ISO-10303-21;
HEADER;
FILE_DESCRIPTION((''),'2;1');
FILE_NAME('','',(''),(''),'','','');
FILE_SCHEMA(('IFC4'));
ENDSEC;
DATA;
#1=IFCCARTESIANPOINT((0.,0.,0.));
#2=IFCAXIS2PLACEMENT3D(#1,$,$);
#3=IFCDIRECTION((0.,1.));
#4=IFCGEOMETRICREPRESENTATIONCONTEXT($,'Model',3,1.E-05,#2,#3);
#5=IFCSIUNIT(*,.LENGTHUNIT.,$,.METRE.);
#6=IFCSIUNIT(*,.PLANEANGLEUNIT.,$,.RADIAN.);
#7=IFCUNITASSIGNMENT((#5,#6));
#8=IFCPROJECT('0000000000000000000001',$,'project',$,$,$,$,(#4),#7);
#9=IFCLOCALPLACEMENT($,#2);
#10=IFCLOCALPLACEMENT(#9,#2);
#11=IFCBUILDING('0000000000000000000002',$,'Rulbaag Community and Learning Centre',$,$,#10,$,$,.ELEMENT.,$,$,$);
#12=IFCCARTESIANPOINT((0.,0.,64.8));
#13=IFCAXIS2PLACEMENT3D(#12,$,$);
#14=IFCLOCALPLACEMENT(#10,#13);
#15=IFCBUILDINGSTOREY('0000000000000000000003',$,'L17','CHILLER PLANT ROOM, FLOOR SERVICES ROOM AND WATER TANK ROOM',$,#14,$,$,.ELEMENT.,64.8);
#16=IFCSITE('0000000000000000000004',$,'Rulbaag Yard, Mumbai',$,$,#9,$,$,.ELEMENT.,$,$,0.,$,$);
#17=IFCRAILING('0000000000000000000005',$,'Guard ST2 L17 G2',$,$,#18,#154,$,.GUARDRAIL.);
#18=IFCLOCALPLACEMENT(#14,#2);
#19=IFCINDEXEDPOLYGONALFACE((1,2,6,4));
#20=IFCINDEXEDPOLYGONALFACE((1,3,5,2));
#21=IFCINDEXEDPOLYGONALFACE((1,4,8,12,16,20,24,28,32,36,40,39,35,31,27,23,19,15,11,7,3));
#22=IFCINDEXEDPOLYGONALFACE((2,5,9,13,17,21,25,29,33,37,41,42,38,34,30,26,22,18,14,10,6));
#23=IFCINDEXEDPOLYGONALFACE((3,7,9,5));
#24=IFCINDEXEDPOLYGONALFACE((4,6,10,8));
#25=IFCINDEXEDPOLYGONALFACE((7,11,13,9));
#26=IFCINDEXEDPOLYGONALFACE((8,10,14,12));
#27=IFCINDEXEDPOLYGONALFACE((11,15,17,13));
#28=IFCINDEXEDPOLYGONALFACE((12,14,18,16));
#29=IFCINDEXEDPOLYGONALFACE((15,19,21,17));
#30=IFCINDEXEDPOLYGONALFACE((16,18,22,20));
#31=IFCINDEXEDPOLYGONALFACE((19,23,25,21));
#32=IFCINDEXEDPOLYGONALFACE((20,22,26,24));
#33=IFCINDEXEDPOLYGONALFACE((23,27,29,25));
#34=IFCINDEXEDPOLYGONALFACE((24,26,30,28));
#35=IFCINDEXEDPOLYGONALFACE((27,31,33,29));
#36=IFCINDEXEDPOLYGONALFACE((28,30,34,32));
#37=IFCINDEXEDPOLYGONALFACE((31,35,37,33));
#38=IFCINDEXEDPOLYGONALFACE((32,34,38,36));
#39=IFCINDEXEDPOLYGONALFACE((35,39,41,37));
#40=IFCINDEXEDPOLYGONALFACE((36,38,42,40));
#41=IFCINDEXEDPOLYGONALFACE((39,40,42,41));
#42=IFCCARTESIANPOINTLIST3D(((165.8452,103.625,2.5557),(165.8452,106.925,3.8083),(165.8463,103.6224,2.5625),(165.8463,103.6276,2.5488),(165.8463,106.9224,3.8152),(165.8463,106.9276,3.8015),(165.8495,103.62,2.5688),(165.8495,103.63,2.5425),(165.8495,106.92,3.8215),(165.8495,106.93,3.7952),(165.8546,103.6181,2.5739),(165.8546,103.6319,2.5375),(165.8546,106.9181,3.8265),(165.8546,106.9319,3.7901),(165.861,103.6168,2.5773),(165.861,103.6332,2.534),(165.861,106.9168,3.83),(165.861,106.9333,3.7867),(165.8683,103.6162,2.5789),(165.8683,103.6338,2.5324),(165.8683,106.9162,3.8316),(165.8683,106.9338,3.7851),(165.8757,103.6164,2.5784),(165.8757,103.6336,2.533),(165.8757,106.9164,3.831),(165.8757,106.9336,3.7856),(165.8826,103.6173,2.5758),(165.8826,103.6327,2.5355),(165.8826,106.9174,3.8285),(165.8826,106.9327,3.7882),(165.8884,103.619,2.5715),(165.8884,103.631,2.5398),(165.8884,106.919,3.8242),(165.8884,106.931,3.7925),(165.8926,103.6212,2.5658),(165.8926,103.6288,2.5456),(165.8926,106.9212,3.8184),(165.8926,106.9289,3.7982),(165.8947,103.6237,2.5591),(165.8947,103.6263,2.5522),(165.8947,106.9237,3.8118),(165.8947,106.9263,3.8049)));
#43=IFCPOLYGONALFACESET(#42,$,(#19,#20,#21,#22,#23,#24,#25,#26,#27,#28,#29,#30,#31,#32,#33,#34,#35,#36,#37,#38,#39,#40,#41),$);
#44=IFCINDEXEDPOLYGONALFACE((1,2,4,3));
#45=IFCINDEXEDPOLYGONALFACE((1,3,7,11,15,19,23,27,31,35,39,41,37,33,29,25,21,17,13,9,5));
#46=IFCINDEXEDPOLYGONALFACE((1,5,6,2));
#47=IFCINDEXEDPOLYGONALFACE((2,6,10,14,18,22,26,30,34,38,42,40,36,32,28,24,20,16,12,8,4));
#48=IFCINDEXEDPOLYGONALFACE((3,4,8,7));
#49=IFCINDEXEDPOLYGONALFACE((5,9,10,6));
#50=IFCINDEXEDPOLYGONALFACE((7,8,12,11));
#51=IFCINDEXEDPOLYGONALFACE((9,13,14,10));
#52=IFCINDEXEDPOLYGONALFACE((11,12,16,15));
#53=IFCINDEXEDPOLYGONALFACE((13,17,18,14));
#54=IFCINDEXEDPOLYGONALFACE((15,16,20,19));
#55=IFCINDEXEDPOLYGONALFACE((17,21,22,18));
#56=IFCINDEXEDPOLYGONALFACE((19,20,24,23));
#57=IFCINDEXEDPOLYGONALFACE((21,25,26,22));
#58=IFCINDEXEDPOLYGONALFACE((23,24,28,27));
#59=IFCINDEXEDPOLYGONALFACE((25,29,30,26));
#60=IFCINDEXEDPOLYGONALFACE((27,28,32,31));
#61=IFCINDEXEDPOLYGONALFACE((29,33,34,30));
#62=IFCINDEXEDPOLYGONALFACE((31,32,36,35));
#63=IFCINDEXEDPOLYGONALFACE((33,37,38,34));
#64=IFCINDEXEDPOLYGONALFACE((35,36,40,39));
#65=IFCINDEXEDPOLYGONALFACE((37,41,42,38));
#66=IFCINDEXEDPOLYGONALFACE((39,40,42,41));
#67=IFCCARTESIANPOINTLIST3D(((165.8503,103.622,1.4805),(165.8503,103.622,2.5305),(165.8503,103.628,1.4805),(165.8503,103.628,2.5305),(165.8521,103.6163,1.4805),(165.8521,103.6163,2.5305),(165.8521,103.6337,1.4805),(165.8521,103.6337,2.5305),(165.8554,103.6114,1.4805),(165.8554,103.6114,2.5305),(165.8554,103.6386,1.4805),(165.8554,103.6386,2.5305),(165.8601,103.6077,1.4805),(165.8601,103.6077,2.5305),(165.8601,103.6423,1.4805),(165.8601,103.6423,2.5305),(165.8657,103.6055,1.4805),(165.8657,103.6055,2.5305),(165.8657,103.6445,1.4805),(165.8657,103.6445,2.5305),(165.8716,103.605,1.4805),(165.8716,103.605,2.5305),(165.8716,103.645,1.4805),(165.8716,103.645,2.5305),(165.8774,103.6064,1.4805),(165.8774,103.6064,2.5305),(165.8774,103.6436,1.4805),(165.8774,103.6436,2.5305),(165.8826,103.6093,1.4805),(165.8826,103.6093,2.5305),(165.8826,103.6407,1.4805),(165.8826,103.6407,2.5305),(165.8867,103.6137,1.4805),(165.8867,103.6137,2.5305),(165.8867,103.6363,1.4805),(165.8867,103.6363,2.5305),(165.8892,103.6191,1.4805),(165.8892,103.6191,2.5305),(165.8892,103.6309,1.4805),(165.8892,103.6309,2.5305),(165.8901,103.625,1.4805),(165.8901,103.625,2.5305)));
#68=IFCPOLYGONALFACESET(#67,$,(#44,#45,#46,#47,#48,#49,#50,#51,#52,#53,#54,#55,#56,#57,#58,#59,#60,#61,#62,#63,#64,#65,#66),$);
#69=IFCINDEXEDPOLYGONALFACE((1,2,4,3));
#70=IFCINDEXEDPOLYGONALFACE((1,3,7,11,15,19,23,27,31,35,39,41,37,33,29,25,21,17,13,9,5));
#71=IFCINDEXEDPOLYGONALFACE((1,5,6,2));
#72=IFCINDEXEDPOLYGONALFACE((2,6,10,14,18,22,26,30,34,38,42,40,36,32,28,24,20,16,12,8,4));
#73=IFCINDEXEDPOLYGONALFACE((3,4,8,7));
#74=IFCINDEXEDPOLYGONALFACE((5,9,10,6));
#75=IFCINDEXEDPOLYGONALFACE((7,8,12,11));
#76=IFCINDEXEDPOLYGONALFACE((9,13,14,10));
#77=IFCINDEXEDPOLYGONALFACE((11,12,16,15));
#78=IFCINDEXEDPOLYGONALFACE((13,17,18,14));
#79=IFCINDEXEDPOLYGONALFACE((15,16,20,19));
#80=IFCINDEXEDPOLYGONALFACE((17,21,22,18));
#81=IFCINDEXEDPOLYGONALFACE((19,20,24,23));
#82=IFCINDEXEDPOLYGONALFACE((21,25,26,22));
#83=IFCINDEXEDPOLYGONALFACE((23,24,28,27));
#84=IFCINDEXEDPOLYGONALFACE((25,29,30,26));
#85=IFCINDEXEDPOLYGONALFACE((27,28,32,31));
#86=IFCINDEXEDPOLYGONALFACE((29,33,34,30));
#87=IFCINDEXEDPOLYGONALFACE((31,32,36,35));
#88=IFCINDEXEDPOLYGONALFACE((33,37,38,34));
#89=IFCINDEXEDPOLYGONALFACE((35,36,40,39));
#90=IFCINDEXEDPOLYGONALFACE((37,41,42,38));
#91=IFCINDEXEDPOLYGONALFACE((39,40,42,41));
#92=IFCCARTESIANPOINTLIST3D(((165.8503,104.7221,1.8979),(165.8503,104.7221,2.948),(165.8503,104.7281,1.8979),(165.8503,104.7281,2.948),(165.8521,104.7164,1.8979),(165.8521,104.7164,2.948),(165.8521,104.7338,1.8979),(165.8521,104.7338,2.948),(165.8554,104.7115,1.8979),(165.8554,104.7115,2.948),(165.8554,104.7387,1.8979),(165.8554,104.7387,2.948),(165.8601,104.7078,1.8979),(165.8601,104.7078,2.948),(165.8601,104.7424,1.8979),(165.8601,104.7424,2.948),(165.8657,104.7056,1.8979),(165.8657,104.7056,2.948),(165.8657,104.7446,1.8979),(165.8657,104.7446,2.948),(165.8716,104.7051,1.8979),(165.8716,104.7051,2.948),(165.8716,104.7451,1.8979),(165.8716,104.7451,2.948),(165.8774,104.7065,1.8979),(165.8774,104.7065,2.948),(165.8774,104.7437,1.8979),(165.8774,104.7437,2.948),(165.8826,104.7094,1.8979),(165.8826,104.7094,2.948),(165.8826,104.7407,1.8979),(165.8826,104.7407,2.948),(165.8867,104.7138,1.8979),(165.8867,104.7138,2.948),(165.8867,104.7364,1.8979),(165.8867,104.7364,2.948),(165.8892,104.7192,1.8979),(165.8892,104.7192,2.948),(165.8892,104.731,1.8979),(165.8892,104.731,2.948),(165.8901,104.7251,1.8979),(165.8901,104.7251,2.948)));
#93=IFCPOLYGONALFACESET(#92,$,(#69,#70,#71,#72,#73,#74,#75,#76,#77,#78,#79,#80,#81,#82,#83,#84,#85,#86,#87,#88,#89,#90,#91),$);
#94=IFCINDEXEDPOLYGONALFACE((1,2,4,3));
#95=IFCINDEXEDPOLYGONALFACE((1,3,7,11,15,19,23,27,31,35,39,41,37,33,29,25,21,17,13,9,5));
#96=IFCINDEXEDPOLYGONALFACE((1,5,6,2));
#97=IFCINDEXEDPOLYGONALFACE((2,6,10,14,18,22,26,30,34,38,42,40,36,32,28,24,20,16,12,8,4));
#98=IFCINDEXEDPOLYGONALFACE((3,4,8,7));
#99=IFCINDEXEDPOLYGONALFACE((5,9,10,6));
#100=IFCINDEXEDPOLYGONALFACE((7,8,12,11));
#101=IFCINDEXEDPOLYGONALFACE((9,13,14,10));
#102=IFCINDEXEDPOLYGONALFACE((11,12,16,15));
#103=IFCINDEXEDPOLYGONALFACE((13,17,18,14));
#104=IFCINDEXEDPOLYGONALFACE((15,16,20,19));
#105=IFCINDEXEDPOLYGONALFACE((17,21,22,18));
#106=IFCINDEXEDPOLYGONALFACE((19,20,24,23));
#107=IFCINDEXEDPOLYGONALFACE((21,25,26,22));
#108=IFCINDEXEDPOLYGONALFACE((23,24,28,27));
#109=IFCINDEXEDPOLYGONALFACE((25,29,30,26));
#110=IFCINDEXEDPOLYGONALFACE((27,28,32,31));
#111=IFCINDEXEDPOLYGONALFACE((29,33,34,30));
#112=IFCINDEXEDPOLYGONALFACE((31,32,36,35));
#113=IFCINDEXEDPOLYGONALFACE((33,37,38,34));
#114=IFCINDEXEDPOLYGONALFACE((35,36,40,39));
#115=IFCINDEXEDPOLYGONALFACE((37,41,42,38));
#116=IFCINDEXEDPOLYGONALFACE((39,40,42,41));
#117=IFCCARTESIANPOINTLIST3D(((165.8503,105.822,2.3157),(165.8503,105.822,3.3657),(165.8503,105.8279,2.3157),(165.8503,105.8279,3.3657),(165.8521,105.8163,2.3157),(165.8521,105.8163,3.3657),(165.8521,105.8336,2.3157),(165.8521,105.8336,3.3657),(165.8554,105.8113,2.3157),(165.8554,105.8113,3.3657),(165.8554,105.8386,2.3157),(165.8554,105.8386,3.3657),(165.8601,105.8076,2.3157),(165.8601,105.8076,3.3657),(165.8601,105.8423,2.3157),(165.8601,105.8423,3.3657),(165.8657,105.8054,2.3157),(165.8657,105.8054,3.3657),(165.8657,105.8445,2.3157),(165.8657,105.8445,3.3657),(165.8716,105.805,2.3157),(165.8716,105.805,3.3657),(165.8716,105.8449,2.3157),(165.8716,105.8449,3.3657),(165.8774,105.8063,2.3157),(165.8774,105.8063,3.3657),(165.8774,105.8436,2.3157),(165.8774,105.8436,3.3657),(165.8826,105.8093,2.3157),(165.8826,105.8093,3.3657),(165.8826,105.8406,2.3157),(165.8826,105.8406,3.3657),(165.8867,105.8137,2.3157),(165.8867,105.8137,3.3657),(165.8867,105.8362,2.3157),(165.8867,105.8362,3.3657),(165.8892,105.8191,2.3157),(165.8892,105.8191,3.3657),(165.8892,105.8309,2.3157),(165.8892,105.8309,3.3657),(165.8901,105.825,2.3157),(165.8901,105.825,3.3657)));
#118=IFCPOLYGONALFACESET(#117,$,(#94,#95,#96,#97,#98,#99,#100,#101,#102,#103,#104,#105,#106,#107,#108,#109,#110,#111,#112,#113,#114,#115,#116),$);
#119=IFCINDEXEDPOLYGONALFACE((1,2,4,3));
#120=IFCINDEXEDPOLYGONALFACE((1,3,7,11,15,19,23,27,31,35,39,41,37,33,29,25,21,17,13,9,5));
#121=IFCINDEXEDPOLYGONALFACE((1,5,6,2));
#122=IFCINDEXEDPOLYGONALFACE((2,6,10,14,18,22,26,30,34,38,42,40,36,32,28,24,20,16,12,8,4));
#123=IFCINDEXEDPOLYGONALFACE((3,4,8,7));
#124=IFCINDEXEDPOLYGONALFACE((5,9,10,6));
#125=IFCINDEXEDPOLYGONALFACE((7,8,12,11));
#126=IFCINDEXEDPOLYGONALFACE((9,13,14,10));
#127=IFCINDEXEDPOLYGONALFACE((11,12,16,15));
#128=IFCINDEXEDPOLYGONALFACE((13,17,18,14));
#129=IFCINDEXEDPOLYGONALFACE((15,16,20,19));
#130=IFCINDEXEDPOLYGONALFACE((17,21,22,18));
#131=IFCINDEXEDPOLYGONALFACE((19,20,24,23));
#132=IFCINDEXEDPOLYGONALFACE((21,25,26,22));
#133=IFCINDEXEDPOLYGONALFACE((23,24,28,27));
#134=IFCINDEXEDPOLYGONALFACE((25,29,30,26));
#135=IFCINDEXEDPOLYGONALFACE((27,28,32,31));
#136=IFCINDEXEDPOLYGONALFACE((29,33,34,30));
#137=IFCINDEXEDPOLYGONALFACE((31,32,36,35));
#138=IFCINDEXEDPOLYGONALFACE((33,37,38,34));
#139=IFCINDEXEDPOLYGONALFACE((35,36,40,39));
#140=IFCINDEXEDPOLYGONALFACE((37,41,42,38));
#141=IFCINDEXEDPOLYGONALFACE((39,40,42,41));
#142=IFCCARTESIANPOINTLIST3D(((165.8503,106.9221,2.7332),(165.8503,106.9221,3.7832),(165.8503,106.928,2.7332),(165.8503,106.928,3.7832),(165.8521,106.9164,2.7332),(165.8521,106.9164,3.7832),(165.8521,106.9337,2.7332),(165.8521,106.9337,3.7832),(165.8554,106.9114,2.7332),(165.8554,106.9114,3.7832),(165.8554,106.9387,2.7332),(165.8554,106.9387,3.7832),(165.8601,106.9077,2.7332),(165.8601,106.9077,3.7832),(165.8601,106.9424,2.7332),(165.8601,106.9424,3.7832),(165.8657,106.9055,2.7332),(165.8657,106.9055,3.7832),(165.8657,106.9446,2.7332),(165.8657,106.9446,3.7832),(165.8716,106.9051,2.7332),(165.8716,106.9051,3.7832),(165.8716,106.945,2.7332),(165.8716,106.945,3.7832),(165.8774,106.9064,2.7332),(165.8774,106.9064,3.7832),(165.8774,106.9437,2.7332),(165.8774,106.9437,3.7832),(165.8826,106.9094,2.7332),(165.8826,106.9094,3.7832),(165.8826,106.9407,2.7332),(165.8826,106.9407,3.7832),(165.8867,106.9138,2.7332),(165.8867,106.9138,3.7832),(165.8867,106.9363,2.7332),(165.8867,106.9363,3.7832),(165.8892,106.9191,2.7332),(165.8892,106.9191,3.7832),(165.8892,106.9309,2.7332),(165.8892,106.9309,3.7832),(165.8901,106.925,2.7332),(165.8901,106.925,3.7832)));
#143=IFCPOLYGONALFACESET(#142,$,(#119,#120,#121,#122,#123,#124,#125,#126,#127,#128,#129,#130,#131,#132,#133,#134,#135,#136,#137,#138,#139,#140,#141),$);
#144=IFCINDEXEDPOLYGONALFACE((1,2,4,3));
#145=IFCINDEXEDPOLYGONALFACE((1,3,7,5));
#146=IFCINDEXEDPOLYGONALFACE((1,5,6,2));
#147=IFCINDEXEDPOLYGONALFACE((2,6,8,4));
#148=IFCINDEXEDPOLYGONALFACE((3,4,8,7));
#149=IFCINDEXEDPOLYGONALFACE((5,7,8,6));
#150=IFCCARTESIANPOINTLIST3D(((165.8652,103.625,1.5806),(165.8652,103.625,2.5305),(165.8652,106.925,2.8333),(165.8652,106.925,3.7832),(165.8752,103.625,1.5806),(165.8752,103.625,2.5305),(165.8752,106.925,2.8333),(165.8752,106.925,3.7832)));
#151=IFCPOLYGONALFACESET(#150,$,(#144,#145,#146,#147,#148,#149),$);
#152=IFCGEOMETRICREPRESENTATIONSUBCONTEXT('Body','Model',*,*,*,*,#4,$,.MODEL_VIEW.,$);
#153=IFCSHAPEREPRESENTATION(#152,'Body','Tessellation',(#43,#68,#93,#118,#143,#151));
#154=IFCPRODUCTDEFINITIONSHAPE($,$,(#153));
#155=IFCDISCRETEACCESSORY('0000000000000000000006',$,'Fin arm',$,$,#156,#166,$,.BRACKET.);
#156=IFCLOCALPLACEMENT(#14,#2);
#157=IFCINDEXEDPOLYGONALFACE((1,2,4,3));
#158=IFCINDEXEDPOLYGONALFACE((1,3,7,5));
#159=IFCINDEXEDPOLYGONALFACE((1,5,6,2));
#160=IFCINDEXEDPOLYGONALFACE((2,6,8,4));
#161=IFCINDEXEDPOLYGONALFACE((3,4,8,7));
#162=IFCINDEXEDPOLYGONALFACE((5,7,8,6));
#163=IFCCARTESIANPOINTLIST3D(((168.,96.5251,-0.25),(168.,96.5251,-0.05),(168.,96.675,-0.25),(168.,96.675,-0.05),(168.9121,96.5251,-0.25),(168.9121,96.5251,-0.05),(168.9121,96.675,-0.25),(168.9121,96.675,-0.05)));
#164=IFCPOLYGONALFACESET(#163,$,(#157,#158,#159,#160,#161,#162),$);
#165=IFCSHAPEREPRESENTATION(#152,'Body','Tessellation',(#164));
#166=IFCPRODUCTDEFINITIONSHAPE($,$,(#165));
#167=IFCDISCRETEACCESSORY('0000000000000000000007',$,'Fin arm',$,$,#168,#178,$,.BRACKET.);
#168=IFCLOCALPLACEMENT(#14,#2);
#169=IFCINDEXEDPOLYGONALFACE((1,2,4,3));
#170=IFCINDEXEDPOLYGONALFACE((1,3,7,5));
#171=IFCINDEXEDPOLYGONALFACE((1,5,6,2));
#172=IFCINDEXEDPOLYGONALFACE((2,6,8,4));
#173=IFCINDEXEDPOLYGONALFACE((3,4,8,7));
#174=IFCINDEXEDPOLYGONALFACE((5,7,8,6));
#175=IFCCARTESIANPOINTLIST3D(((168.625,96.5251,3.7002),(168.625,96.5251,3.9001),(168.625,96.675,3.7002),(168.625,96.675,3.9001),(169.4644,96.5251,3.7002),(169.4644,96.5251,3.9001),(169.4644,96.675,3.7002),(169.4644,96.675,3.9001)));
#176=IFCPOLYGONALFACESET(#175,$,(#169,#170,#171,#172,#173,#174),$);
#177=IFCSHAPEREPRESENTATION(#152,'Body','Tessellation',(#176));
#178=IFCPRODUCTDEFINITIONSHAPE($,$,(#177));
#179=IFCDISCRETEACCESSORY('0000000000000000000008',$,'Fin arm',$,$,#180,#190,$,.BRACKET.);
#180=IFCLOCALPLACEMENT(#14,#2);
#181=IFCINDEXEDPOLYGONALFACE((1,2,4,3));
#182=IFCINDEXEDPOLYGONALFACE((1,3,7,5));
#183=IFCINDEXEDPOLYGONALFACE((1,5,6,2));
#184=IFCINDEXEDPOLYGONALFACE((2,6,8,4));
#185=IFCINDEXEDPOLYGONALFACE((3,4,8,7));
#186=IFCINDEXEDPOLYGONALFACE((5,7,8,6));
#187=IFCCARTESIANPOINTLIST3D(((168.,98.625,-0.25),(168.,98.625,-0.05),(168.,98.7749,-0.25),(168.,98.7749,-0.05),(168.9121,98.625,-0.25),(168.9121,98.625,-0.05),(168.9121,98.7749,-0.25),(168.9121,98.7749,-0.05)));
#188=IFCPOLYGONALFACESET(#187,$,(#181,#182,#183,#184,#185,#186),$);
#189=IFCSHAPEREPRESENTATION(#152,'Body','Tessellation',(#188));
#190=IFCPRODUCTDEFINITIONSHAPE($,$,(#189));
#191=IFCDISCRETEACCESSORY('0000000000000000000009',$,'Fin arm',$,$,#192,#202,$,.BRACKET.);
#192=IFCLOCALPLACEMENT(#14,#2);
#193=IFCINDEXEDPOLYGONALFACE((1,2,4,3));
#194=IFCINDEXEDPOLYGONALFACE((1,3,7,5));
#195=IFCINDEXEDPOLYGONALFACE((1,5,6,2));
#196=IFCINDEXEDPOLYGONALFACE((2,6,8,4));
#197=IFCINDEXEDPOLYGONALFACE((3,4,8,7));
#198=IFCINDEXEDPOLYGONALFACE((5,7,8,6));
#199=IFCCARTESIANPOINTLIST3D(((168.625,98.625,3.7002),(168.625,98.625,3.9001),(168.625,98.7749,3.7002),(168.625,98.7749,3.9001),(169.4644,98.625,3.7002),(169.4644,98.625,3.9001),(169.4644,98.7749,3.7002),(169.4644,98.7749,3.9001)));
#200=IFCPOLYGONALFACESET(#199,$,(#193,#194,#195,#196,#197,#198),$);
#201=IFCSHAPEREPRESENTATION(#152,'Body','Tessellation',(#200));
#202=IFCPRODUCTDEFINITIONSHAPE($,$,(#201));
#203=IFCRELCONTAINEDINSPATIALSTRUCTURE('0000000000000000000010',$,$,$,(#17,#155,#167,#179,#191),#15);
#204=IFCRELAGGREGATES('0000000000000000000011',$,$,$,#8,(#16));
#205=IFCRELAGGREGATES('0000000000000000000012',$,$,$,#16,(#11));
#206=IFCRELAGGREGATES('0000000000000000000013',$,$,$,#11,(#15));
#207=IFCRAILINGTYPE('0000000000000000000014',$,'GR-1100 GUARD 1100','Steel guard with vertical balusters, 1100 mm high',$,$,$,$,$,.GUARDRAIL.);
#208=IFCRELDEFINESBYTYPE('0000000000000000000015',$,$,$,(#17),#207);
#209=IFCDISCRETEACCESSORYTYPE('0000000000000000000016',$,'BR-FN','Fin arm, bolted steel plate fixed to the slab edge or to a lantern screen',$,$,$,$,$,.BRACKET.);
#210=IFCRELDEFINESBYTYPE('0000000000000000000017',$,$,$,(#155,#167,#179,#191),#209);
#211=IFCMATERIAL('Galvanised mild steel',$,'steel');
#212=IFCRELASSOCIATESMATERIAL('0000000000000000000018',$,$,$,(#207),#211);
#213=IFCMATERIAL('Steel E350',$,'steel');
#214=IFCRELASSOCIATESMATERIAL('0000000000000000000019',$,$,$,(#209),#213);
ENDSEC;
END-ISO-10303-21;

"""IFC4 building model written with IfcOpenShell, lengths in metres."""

from ifc_helpers import new_model, si_unit, direction, frame, origin, origin_2d, place, context, subcontext, project, spatial, polyline, rectangle, circle, outline, extrude, material, type_object, element, save


model = new_model("IFC4")

# Units and contexts
model_context = context("Model", 3, precision=1e-05, world=origin(), true_north=direction((0.0, 1.0)))
body_context = subcontext(model_context, "Body", "Model", "MODEL_VIEW")
ifc_project = project(units=[si_unit("LENGTHUNIT", "METRE"), si_unit("PLANEANGLEUNIT", "RADIAN")], contexts=[model_context])

# Site, building, storey
site_placement = place(None, origin())
site = spatial("IfcSite", under=ifc_project, at=site_placement, Name="Rulbaag Yard, Mumbai", CompositionType="ELEMENT", RefElevation=0.0)
building_placement = place(site_placement, origin())
building = spatial("IfcBuilding", under=site, at=building_placement, Name="Rulbaag Community and Learning Centre", CompositionType="ELEMENT")
storey_placement = place(building_placement, frame((0.0, 0.0, 64.8)))
storey = spatial("IfcBuildingStorey", under=building, at=storey_placement, Name="L17", Description="CHILLER PLANT ROOM, FLOOR SERVICES ROOM AND WATER TANK ROOM", CompositionType="ELEMENT", Elevation=64.8)

# Railing
ifc_material_1 = material(Name="Galvanised mild steel", Category="steel")
railing_type = type_object("IfcRailingType", Name="GR-1100 GUARD 1100", Description="Steel guard with vertical balusters, 1100 mm high", PredefinedType="GUARDRAIL", material=ifc_material_1)
railing_1_placement = place(storey_placement, frame((165.8701, 103.625, 1.4805)))
element("IfcRailing", 1, at=railing_1_placement, inside=storey, type_object=railing_type, Name="Guard ST2 L17 G2", PredefinedType="GUARDRAIL", context=body_context, shape_type="SweptSolid", body=[
    extrude(circle(Radius=0.0249, at=origin_2d()), frame((0.0, 0.0, 1.0752), z_axis=(0.0, 0.934909, 0.354888), x_axis=(-1.0, 0.0, 0.0)), (0.0, 0.0, 1.0), 3.5298),
    extrude(circle(Radius=0.02, at=origin_2d()), origin(), (0.0, 0.0, 1.0), 1.05),
    extrude(circle(Radius=0.02, at=origin_2d()), frame((0.0, 1.1001, 0.4175)), (0.0, 0.0, 1.0), 1.05),
    extrude(circle(Radius=0.02, at=origin_2d()), frame((0.0, 2.2, 0.8352)), (0.0, 0.0, 1.0), 1.05),
    extrude(circle(Radius=0.02, at=origin_2d()), frame((0.0, 3.3, 1.2527)), (0.0, 0.0, 1.0), 1.05),
    extrude(outline(polyline([(0.0, 0.0), (3.3, 1.2527), (3.3, 2.2026), (0.0, 0.95), (0.0, 0.0)])), frame((-0.0049, 0.0, 0.1001), z_axis=(1.0, 0.0, 0.0), x_axis=(0.0, 1.0, 0.0)), (0.0, 0.0, 1.0), 0.01),
])

# Discrete accessories
ifc_material_2 = material(Name="Steel E350", Category="steel")
discrete_accessory_type = type_object("IfcDiscreteAccessoryType", Name="BR-FN", Description="Fin arm, bolted steel plate fixed to the slab edge or to a lantern screen", PredefinedType="BRACKET", material=ifc_material_2)
discrete_accessory_1_placement = place(storey_placement, frame((168.4561, 96.6001, -0.25), z_axis=(0.0, 0.0, 1.0), x_axis=(1.0, 0.0, 0.0)))
element("IfcDiscreteAccessory", 2, at=discrete_accessory_1_placement, inside=storey, type_object=discrete_accessory_type, Name="Fin arm", PredefinedType="BRACKET", context=body_context, shape_type="SweptSolid", body=[
    extrude(rectangle(XDim=0.9121, YDim=0.1499, at=origin_2d()), origin(), (0.0, 0.0, 1.0), 0.2),
])
discrete_accessory_2_placement = place(storey_placement, frame((169.0447, 96.6001, 3.7002), z_axis=(0.0, 0.0, 1.0), x_axis=(1.0, 0.0, 0.0)))
element("IfcDiscreteAccessory", 3, at=discrete_accessory_2_placement, inside=storey, type_object=discrete_accessory_type, Name="Fin arm", PredefinedType="BRACKET", context=body_context, shape_type="SweptSolid", body=[
    extrude(rectangle(XDim=0.8394, YDim=0.1499, at=origin_2d()), origin(), (0.0, 0.0, 1.0), 0.2),
])
discrete_accessory_3_placement = place(storey_placement, frame((168.4561, 98.7, -0.25), z_axis=(0.0, 0.0, 1.0), x_axis=(1.0, 0.0, 0.0)))
element("IfcDiscreteAccessory", 4, at=discrete_accessory_3_placement, inside=storey, type_object=discrete_accessory_type, Name="Fin arm", PredefinedType="BRACKET", context=body_context, shape_type="SweptSolid", body=[
    extrude(rectangle(XDim=0.9121, YDim=0.1499, at=origin_2d()), origin(), (0.0, 0.0, 1.0), 0.2),
])
discrete_accessory_4_placement = place(storey_placement, frame((169.0447, 98.7, 3.7002), z_axis=(0.0, 0.0, 1.0), x_axis=(1.0, 0.0, 0.0)))
element("IfcDiscreteAccessory", 5, at=discrete_accessory_4_placement, inside=storey, type_object=discrete_accessory_type, Name="Fin arm", PredefinedType="BRACKET", context=body_context, shape_type="SweptSolid", body=[
    extrude(rectangle(XDim=0.8394, YDim=0.1499, at=origin_2d()), origin(), (0.0, 0.0, 1.0), 0.2),
])

save(model, "model.ifc")
